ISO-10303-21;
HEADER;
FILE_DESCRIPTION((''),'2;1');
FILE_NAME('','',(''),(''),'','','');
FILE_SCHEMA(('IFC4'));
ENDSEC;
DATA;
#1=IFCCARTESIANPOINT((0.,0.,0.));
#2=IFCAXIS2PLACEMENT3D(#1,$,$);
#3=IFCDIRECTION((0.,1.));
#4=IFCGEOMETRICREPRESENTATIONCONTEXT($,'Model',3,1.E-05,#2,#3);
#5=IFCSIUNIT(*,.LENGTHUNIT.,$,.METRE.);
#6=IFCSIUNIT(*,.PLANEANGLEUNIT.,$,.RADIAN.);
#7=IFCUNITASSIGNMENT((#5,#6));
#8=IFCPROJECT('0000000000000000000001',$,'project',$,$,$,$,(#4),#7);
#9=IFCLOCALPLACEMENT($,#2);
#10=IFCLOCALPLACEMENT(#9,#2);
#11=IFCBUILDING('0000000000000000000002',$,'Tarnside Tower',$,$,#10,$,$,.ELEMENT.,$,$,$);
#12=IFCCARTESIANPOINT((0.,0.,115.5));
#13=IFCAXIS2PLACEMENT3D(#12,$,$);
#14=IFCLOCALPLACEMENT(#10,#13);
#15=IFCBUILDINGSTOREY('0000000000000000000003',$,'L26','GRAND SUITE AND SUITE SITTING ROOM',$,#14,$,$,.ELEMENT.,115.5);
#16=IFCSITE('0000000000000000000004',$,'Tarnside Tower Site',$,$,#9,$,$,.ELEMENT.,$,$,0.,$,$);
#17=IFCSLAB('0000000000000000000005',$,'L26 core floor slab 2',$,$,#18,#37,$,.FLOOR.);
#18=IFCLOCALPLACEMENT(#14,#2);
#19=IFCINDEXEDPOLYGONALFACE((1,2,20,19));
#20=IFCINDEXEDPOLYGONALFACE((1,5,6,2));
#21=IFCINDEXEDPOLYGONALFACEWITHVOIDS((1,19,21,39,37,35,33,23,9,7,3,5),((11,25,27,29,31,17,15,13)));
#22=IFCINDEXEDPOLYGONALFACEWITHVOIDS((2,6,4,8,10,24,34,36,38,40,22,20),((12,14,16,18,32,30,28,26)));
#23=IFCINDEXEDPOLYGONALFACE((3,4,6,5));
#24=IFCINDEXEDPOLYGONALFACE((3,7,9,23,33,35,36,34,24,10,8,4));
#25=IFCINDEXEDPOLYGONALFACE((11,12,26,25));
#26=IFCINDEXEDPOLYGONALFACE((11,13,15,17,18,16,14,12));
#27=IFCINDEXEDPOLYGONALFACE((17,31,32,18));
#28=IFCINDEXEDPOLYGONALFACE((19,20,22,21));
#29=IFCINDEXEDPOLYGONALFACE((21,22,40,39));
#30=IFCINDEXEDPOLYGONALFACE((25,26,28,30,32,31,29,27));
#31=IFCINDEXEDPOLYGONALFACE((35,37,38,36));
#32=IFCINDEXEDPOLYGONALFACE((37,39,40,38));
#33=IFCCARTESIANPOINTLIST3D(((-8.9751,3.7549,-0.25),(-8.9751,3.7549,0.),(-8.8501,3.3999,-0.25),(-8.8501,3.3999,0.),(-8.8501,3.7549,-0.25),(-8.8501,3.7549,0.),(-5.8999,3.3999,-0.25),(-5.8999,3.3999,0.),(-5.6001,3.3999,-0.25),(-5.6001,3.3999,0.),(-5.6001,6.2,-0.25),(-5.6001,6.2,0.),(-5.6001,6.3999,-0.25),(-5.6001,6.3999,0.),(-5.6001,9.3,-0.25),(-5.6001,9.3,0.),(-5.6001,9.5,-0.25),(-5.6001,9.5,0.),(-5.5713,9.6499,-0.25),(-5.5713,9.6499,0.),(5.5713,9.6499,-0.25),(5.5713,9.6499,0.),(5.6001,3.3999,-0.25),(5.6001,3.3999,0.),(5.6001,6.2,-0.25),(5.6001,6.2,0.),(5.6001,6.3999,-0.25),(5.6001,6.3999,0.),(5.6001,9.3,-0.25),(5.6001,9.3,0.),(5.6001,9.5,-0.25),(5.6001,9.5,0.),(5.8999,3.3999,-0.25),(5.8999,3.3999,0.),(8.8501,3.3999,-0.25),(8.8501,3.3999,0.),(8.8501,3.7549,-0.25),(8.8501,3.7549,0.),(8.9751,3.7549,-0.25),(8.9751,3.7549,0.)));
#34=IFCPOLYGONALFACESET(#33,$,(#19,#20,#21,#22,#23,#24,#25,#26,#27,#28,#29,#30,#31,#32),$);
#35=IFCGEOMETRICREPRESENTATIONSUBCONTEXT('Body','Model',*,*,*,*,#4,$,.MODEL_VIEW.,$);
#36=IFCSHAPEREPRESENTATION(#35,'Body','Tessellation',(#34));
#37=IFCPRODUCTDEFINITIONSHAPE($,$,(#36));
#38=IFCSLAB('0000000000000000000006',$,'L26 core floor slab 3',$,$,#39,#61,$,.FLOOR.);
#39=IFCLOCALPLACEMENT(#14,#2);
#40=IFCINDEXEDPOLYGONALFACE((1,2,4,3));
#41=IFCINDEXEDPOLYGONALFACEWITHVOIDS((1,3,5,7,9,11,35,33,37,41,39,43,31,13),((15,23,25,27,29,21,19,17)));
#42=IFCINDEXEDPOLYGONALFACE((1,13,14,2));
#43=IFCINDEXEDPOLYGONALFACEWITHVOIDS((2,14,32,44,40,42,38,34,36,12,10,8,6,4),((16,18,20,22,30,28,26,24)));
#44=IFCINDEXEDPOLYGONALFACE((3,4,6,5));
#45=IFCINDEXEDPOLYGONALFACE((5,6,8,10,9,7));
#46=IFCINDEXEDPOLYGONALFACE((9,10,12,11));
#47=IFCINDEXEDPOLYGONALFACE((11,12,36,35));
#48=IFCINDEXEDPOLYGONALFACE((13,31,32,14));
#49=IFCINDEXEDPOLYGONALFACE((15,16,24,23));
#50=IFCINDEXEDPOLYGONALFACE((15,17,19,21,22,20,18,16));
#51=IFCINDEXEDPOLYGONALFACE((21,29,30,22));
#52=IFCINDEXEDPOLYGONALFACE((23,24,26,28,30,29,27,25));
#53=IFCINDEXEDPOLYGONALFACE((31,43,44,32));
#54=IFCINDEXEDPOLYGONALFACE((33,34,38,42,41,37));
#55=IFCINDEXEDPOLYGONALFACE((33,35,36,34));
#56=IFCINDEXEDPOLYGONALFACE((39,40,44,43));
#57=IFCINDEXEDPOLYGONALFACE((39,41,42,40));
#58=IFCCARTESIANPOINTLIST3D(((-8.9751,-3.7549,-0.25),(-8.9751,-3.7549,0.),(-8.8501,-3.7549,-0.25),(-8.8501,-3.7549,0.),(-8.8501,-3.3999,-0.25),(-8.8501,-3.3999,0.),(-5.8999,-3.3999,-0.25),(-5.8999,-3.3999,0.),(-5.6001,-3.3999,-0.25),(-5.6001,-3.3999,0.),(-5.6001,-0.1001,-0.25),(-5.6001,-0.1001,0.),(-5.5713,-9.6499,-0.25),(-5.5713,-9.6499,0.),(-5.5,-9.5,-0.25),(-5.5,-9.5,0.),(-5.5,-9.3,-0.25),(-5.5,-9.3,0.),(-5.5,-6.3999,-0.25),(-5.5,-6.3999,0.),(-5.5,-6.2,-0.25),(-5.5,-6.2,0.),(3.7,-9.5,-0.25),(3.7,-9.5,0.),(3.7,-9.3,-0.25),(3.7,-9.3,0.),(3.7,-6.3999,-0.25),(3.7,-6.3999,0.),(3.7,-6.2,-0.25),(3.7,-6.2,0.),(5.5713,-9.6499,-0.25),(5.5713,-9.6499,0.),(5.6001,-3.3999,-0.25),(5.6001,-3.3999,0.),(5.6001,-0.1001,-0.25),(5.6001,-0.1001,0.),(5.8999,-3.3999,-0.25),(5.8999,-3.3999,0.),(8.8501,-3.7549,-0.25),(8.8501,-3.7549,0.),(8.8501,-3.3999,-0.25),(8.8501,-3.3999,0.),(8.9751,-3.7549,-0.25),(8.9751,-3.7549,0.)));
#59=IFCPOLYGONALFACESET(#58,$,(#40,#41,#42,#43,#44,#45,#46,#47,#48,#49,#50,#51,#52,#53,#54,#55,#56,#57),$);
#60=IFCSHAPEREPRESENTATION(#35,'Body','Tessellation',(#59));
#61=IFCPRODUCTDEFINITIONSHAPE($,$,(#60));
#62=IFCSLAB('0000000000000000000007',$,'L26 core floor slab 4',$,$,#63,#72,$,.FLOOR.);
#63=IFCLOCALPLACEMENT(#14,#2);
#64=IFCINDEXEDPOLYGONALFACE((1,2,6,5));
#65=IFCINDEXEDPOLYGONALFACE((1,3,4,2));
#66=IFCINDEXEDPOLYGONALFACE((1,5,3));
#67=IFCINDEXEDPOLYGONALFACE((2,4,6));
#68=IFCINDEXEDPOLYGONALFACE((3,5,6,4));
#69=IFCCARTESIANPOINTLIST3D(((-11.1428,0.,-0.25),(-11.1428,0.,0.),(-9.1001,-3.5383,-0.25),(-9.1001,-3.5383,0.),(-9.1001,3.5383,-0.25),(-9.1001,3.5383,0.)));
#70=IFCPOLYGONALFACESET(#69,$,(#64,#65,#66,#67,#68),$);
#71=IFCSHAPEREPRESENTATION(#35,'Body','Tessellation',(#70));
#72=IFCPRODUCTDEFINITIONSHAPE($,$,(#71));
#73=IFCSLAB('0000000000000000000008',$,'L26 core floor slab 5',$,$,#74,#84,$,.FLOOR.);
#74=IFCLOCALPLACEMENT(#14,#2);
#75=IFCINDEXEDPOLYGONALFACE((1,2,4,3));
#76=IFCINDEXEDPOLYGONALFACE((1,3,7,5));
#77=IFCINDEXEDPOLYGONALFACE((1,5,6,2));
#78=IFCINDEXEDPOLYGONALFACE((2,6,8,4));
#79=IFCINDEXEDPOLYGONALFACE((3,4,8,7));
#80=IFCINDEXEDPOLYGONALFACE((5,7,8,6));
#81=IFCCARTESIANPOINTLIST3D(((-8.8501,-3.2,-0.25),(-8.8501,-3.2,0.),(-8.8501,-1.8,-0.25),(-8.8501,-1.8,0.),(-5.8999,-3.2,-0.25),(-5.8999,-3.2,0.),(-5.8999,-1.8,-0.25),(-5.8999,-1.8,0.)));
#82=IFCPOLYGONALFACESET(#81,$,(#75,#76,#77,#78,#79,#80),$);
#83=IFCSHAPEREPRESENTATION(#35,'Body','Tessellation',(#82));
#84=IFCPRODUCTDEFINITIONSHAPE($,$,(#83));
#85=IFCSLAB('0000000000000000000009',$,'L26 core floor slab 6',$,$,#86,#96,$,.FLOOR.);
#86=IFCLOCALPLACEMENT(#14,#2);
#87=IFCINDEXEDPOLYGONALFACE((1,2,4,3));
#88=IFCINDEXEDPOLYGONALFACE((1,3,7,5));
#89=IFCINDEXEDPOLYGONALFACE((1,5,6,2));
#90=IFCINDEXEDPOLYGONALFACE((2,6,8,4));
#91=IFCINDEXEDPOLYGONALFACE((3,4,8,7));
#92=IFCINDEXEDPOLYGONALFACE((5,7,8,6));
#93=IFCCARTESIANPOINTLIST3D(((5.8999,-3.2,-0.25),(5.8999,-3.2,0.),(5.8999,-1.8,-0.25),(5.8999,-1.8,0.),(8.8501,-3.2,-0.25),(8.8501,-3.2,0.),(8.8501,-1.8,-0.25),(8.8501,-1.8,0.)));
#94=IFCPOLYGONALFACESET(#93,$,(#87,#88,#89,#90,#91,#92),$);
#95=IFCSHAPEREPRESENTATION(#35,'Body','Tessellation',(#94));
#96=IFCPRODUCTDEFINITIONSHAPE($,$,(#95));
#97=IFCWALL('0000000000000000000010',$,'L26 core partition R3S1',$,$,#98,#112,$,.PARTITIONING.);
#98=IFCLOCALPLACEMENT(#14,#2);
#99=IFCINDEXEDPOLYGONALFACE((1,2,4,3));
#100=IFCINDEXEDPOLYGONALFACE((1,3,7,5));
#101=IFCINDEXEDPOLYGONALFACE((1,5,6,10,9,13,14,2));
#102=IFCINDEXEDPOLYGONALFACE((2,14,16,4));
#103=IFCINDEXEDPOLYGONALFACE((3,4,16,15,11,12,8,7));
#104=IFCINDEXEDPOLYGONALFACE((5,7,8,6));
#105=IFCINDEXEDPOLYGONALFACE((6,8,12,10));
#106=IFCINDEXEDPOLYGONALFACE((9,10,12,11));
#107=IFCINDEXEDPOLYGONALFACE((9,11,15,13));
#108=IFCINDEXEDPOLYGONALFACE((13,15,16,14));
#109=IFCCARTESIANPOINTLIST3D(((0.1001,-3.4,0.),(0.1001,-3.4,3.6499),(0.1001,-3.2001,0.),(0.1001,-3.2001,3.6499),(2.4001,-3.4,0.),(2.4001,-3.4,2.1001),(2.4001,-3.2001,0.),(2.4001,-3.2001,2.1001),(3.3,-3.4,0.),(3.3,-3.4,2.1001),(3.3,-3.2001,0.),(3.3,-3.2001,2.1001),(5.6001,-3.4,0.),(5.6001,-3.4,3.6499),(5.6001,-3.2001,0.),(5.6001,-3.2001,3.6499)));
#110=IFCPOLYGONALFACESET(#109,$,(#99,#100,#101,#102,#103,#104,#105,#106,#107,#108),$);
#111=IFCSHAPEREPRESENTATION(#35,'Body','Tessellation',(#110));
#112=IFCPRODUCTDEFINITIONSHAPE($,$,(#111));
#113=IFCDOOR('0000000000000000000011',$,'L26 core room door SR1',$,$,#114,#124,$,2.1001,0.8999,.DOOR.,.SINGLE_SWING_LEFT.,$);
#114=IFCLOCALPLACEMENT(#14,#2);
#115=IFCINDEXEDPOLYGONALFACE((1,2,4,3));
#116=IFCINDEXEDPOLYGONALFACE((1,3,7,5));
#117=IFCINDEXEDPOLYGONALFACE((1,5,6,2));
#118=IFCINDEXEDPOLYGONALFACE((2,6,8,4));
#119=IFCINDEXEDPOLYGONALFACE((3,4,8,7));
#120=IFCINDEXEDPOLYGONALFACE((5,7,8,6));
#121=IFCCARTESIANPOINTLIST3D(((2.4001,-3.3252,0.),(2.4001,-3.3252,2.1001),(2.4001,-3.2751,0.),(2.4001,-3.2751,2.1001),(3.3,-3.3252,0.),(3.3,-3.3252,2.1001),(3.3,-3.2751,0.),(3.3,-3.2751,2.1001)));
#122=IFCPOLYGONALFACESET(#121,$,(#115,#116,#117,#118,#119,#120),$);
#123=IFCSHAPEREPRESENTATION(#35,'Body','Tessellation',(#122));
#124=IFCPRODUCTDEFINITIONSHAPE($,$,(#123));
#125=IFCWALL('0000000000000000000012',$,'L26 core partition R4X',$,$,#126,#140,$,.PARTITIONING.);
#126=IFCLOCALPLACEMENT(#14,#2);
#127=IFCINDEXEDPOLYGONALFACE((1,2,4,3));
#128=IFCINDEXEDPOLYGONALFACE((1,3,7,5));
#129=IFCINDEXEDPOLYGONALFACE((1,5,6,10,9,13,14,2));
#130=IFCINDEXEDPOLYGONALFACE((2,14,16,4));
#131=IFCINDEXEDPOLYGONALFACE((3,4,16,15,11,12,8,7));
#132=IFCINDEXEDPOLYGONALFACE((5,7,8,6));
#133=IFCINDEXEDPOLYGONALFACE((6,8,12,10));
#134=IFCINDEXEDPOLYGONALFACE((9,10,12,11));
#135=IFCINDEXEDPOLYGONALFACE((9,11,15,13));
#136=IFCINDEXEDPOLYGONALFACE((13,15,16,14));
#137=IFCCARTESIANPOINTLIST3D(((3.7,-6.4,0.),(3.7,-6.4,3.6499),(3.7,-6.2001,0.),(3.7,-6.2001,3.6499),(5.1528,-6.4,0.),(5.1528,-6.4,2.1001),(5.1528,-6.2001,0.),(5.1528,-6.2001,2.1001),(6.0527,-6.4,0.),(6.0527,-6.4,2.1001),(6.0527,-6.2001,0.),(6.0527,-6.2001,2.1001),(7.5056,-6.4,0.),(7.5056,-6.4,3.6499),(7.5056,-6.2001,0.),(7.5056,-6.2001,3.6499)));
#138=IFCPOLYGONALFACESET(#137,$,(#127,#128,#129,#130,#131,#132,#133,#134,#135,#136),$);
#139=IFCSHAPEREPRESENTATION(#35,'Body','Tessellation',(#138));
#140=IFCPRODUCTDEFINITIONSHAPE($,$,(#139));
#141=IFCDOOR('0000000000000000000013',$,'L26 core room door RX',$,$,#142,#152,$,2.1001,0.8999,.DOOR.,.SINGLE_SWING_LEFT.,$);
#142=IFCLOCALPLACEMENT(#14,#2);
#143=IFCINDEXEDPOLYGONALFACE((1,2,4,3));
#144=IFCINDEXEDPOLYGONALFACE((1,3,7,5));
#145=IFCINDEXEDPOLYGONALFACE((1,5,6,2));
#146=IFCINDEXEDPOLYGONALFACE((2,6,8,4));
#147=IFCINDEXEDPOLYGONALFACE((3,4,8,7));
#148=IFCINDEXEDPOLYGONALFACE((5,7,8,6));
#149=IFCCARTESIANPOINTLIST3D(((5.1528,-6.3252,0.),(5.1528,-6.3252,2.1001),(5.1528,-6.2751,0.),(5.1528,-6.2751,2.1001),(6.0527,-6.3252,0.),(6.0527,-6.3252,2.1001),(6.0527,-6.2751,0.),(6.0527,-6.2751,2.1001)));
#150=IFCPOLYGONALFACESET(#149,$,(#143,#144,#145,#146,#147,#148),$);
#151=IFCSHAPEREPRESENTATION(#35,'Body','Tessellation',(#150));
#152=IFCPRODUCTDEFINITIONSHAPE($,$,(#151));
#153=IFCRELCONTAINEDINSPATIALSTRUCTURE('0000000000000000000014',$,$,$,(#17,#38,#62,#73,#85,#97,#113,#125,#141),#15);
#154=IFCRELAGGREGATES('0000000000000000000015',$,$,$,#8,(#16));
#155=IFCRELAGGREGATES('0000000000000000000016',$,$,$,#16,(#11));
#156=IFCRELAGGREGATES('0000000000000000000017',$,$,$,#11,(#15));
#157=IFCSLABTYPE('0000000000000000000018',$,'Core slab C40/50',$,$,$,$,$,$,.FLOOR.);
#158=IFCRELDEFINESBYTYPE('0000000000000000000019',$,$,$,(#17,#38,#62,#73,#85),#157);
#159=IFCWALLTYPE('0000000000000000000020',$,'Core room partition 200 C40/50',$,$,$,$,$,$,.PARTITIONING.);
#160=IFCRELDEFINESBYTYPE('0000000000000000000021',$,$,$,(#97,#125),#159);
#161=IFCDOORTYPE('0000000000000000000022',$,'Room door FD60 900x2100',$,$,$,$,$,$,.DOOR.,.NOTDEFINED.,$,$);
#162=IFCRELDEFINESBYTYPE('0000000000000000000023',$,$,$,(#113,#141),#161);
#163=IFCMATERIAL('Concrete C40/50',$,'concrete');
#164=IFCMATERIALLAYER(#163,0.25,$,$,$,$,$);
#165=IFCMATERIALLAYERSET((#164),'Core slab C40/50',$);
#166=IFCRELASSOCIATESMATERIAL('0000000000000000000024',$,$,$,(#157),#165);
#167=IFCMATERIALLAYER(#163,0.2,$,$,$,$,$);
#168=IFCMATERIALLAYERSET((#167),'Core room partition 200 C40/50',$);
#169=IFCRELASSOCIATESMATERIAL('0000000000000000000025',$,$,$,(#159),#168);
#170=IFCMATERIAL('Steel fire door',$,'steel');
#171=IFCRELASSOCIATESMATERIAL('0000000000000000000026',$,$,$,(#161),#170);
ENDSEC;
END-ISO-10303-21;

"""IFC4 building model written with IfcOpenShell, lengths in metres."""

from ifc_helpers import new_model, si_unit, direction, frame, frame_2d, origin, place, context, subcontext, project, spatial, polyline, rectangle, outline, extrude, material, layer, layer_set, type_object, element, fill, save


model = new_model("IFC4")

# Units and contexts
model_context = context("Model", 3, precision=1e-05, world=origin(), true_north=direction((0.0, 1.0)))
body_context = subcontext(model_context, "Body", "Model", "MODEL_VIEW")
ifc_project = project(units=[si_unit("LENGTHUNIT", "METRE"), si_unit("PLANEANGLEUNIT", "RADIAN")], contexts=[model_context])

# Site, building, storey
site_placement = place(None, origin())
site = spatial("IfcSite", under=ifc_project, at=site_placement, Name="Tarnside Tower Site", CompositionType="ELEMENT", RefElevation=0.0)
building_placement = place(site_placement, origin())
building = spatial("IfcBuilding", under=site, at=building_placement, Name="Tarnside Tower", CompositionType="ELEMENT")
storey_placement = place(building_placement, frame((0.0, 0.0, 115.5)))
storey = spatial("IfcBuildingStorey", under=building, at=storey_placement, Name="L26", Description="GRAND SUITE AND SUITE SITTING ROOM", CompositionType="ELEMENT", Elevation=115.5)

# Slabs
ifc_material_1 = material(Name="Concrete C40/50", Category="concrete")
ifc_layer_1 = layer(ifc_material_1, 0.25)
ifc_layer_set_1 = layer_set([ifc_layer_1], Name="Core slab C40/50")
slab_type = type_object("IfcSlabType", Name="Core slab C40/50", PredefinedType="FLOOR", material=ifc_layer_set_1)
slab_1_placement = place(storey_placement, frame((0.0, 0.0, -0.25)))
element("IfcSlab", 1, at=slab_1_placement, inside=storey, type_object=slab_type, Name="L26 core floor slab 2", PredefinedType="FLOOR", context=body_context, shape_type="SweptSolid", body=[
    extrude(outline(polyline([(-8.9751, 3.7549), (-5.5713, 9.6499), (5.5713, 9.6499), (8.9751, 3.7549), (8.8501, 3.7549), (8.8501, 3.3999), (5.8999, 3.3999), (5.6001, 3.3999), (5.6001, 3.3999), (-5.6001, 3.3999), (-5.8999, 3.3999), (-8.8501, 3.3999), (-8.8501, 3.7549), (-8.9751, 3.7549)]), holes=[polyline([(-5.6001, 6.2), (5.6001, 6.2), (5.6001, 6.3999), (5.6001, 9.3), (5.6001, 9.5), (-5.6001, 9.5), (-5.6001, 9.3), (-5.6001, 6.3999), (-5.6001, 6.2)])]), origin(), (0.0, 0.0, 1.0), 0.25),
])
slab_2_placement = place(storey_placement, frame((0.0, 0.0, -0.25)))
element("IfcSlab", 2, at=slab_2_placement, inside=storey, type_object=slab_type, Name="L26 core floor slab 3", PredefinedType="FLOOR", context=body_context, shape_type="SweptSolid", body=[
    extrude(outline(polyline([(5.6001, -3.3999), (5.8999, -3.3999), (8.8501, -3.3999), (8.8501, -3.7549), (8.9751, -3.7549), (5.5713, -9.6499), (-5.5713, -9.6499), (-8.9751, -3.7549), (-8.8501, -3.7549), (-8.8501, -3.3999), (-5.8999, -3.3999), (-5.6001, -3.3999), (-5.6001, -0.1001), (5.6001, -0.1001), (5.6001, -3.3999)]), holes=[polyline([(-5.5, -9.3), (-5.5, -9.5), (3.7, -9.5), (3.7, -9.3), (3.7, -6.3999), (3.7, -6.2), (-5.5, -6.2), (-5.5, -6.3999), (-5.5, -9.3)])]), origin(), (0.0, 0.0, 1.0), 0.25),
])
slab_3_placement = place(storey_placement, frame((0.0, 0.0, -0.25)))
element("IfcSlab", 3, at=slab_3_placement, inside=storey, type_object=slab_type, Name="L26 core floor slab 4", PredefinedType="FLOOR", context=body_context, shape_type="SweptSolid", body=[
    extrude(outline(polyline([(-11.1428, 0.0), (-9.1001, 3.5383), (-9.1001, -3.5383), (-11.1428, 0.0)])), origin(), (0.0, 0.0, 1.0), 0.25),
])
slab_4_placement = place(storey_placement, frame((0.0, 0.0, -0.25)))
element("IfcSlab", 4, at=slab_4_placement, inside=storey, type_object=slab_type, Name="L26 core floor slab 5", PredefinedType="FLOOR", context=body_context, shape_type="SweptSolid", body=[
    extrude(outline(polyline([(-8.8501, -1.8), (-5.8999, -1.8), (-5.8999, -3.2), (-8.8501, -3.2), (-8.8501, -1.8)])), origin(), (0.0, 0.0, 1.0), 0.25),
])
slab_5_placement = place(storey_placement, frame((0.0, 0.0, -0.25)))
element("IfcSlab", 5, at=slab_5_placement, inside=storey, type_object=slab_type, Name="L26 core floor slab 6", PredefinedType="FLOOR", context=body_context, shape_type="SweptSolid", body=[
    extrude(outline(polyline([(5.8999, -3.2), (5.8999, -1.8), (8.8501, -1.8), (8.8501, -3.2), (5.8999, -3.2)])), origin(), (0.0, 0.0, 1.0), 0.25),
])

# Walls, openings, doors
ifc_layer_2 = layer(ifc_material_1, 0.2)
ifc_layer_set_2 = layer_set([ifc_layer_2], Name="Core room partition 200 C40/50")
wall_type_1 = type_object("IfcWallType", Name="Core room partition 200 C40/50", PredefinedType="PARTITIONING", material=ifc_layer_set_2)
wall_1_placement = place(storey_placement, frame((0.1001, -3.3, 0.0), z_axis=(0.0, 0.0, 1.0), x_axis=(1.0, 0.0, 0.0)))
wall_1 = element("IfcWall", 6, at=wall_1_placement, inside=storey, type_object=wall_type_1, Name="L26 core partition R3S1", PredefinedType="PARTITIONING", context=body_context, shape_type="SweptSolid", body=[
    extrude(rectangle(XDim=5.5, YDim=0.2, at=frame_2d((2.75, 0.0))), origin(), (0.0, 0.0, 1.0), 3.6499),
])
opening_1_placement = place(wall_1_placement, frame((2.3, 0.0, 0.0)))
opening_1 = element("IfcOpeningElement", 7, at=opening_1_placement, cuts=wall_1, PredefinedType="OPENING", context=body_context, shape_type="SweptSolid", body=[
    extrude(rectangle(XDim=0.8999, YDim=2.1001, at=frame_2d((0.45, 1.05))), frame((0.0, 0.1099, 0.0), z_axis=(0.0, -1.0, 0.0), x_axis=(1.0, 0.0, 0.0)), (0.0, 0.0, 1.0), 0.22),
])
ifc_material_2 = material(Name="Steel fire door", Category="steel")
door_type_1 = type_object("IfcDoorType", Name="Room door FD60 900x2100", OperationType="NOTDEFINED", PredefinedType="DOOR", material=ifc_material_2)
door_1_placement = place(opening_1_placement, origin())
door_1 = element("IfcDoor", 8, at=door_1_placement, inside=storey, type_object=door_type_1, Name="L26 core room door SR1", OperationType="SINGLE_SWING_LEFT", OverallHeight=2.1001, OverallWidth=0.8999, PredefinedType="DOOR", context=body_context, shape_type="SweptSolid", body=[
    extrude(rectangle(XDim=0.8999, YDim=2.1001, at=frame_2d((0.45, 1.05))), frame((0.0, 0.0249, 0.0), z_axis=(0.0, -1.0, 0.0), x_axis=(1.0, 0.0, 0.0)), (0.0, 0.0, 1.0), 0.05),
])
fill(opening_1, door_1)
wall_2_placement = place(storey_placement, frame((3.7, -6.3, 0.0), z_axis=(0.0, 0.0, 1.0), x_axis=(1.0, 0.0, 0.0)))
wall_2 = element("IfcWall", 9, at=wall_2_placement, inside=storey, type_object=wall_type_1, Name="L26 core partition R4X", PredefinedType="PARTITIONING", context=body_context, shape_type="SweptSolid", body=[
    extrude(rectangle(XDim=3.8057, YDim=0.2, at=frame_2d((1.9028, 0.0))), origin(), (0.0, 0.0, 1.0), 3.6499),
])
opening_2_placement = place(wall_2_placement, frame((1.4529, 0.0, 0.0)))
opening_2 = element("IfcOpeningElement", 10, at=opening_2_placement, cuts=wall_2, PredefinedType="OPENING", context=body_context, shape_type="SweptSolid", body=[
    extrude(rectangle(XDim=0.8999, YDim=2.1001, at=frame_2d((0.45, 1.05))), frame((0.0, 0.1099, 0.0), z_axis=(0.0, -1.0, 0.0), x_axis=(1.0, 0.0, 0.0)), (0.0, 0.0, 1.0), 0.22),
])
door_2_placement = place(opening_2_placement, origin())
door_2 = element("IfcDoor", 11, at=door_2_placement, inside=storey, type_object=door_type_1, Name="L26 core room door RX", OperationType="SINGLE_SWING_LEFT", OverallHeight=2.1001, OverallWidth=0.8999, PredefinedType="DOOR", context=body_context, shape_type="SweptSolid", body=[
    extrude(rectangle(XDim=0.8999, YDim=2.1001, at=frame_2d((0.45, 1.05))), frame((0.0, 0.0249, 0.0), z_axis=(0.0, -1.0, 0.0), x_axis=(1.0, 0.0, 0.0)), (0.0, 0.0, 1.0), 0.05),
])
fill(opening_2, door_2)

save(model, "model.ifc")
